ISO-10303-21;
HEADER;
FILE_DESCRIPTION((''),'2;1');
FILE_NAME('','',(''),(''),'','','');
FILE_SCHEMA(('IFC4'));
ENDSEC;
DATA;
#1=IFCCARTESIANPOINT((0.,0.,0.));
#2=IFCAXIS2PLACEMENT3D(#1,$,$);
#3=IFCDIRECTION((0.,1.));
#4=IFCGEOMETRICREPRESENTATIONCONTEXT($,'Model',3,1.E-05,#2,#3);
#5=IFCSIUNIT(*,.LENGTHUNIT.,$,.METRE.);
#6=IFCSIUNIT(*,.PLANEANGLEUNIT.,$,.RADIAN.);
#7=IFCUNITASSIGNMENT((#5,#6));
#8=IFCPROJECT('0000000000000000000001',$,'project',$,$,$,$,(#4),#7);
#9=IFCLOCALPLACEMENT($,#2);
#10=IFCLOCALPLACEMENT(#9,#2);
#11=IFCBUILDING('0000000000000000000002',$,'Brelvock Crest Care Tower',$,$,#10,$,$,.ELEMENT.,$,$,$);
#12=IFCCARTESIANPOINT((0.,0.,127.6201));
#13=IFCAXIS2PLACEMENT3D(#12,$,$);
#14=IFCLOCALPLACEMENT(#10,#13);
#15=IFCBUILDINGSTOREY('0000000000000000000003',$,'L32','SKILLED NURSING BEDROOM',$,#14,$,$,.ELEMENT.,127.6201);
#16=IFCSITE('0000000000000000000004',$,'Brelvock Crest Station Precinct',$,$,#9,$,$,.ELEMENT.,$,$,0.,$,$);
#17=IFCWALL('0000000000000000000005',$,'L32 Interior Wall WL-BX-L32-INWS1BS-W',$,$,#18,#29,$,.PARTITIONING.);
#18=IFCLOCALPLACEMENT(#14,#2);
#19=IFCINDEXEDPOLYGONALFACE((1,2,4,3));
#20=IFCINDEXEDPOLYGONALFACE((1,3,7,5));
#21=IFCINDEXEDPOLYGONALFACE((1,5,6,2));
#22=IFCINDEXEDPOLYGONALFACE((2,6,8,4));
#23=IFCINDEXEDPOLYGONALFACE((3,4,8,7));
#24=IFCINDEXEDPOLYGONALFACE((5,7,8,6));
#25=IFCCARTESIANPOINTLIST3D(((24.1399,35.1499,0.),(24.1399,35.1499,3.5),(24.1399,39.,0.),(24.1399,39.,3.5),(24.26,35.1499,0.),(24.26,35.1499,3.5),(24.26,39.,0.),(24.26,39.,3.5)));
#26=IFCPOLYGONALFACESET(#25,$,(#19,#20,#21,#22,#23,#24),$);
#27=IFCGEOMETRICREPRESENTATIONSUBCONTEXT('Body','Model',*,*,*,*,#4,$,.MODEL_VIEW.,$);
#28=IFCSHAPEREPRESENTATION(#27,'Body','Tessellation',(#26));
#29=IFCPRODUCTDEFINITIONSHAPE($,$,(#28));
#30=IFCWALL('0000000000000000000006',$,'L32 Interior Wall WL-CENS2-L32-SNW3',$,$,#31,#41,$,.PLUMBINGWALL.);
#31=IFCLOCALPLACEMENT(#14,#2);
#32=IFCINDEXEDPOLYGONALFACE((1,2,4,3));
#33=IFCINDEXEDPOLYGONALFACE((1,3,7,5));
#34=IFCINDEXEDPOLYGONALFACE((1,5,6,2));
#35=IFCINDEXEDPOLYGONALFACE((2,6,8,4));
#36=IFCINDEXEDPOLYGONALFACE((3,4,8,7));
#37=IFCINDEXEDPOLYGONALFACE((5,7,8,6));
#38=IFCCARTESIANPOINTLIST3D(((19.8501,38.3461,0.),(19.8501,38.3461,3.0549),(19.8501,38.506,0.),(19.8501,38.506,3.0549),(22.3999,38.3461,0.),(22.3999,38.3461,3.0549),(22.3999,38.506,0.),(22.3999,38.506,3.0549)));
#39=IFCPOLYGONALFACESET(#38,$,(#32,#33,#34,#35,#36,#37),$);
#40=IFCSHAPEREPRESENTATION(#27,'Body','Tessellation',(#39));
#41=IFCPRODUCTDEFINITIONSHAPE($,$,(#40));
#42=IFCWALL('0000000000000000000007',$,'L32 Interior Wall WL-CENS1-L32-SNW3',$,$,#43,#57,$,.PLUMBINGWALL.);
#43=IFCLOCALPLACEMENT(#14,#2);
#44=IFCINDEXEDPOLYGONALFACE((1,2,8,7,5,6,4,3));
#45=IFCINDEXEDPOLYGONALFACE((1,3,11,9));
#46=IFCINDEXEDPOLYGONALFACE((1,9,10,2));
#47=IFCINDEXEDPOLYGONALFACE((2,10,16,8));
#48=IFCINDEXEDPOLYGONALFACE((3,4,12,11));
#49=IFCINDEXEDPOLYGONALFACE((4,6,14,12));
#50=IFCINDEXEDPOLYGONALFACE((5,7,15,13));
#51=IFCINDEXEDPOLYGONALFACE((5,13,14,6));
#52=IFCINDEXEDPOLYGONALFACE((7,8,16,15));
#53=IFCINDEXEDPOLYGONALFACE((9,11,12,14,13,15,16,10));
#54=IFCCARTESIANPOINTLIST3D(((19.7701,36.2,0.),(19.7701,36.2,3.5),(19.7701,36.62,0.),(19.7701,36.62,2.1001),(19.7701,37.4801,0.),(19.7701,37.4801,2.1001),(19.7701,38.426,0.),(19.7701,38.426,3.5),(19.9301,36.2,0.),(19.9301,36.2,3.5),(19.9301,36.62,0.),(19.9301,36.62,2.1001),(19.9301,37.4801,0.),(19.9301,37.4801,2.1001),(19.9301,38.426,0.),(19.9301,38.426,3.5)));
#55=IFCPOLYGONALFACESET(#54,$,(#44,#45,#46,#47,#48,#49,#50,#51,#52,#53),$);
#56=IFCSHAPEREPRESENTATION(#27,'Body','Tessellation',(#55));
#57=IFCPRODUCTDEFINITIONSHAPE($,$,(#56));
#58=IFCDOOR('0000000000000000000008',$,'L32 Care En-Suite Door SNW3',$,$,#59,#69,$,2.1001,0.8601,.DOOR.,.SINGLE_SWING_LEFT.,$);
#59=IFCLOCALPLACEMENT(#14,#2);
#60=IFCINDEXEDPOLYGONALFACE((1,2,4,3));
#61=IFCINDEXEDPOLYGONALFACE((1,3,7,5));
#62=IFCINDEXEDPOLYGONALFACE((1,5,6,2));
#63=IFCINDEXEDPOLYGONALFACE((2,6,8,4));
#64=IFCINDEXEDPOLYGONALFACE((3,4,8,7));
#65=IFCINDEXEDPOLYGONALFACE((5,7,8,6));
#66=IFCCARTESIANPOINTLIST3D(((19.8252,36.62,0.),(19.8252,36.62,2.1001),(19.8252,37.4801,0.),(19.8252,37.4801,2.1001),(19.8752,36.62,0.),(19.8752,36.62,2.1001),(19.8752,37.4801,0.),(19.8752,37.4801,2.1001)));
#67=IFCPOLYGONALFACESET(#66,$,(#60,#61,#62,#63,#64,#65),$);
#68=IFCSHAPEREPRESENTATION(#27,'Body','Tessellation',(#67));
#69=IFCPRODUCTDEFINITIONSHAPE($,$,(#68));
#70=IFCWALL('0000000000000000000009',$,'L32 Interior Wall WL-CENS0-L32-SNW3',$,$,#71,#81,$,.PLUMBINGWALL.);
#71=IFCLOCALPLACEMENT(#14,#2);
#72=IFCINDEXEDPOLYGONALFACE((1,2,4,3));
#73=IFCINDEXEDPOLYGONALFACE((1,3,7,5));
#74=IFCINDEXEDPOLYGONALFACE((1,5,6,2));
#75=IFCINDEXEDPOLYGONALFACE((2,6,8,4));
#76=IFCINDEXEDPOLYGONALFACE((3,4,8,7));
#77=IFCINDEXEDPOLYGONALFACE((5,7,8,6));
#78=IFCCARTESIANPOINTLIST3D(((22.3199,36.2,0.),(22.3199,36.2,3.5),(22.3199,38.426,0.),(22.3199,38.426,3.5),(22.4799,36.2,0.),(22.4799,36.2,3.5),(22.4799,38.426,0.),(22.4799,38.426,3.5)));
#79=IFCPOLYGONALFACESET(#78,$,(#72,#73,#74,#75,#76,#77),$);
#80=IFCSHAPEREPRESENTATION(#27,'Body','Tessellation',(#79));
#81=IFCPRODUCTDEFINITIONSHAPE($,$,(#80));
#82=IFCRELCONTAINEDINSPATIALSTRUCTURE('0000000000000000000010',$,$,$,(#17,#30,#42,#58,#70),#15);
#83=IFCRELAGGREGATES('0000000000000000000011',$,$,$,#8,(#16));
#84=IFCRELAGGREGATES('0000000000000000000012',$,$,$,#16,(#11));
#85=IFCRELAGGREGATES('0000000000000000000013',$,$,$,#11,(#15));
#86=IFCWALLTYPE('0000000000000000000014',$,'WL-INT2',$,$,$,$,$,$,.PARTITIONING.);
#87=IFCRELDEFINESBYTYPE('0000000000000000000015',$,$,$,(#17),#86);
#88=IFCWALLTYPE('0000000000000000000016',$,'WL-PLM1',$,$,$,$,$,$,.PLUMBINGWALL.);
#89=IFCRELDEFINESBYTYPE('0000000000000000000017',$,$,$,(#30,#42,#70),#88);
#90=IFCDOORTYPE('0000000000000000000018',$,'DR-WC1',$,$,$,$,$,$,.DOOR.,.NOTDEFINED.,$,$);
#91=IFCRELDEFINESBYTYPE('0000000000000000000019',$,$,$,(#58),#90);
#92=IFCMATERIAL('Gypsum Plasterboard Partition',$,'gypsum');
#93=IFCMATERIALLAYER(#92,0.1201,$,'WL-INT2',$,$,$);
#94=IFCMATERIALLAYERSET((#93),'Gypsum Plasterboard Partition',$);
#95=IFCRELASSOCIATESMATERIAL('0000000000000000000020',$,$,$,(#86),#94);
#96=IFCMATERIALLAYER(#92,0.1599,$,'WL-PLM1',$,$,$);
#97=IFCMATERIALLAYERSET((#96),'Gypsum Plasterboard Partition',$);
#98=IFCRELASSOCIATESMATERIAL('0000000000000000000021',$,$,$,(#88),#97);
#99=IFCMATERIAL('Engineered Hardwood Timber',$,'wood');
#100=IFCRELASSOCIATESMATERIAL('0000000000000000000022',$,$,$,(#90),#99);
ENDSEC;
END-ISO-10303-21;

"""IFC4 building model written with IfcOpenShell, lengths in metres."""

from ifc_helpers import new_model, si_unit, direction, frame, frame_2d, origin, origin_2d, place, context, subcontext, project, spatial, rectangle, extrude, source, transform, mapped, material, layer, layer_set, type_object, element, fill, save


model = new_model("IFC4")

# Units and contexts
model_context = context("Model", 3, precision=1e-05, world=origin(), true_north=direction((0.0, 1.0)))
body_context = subcontext(model_context, "Body", "Model", "MODEL_VIEW")
ifc_project = project(units=[si_unit("LENGTHUNIT", "METRE"), si_unit("PLANEANGLEUNIT", "RADIAN")], contexts=[model_context])

# Site, building, storey
site_placement = place(None, origin())
site = spatial("IfcSite", under=ifc_project, at=site_placement, Name="Brelvock Crest Station Precinct", CompositionType="ELEMENT", RefElevation=0.0)
building_placement = place(site_placement, origin())
building = spatial("IfcBuilding", under=site, at=building_placement, Name="Brelvock Crest Care Tower", CompositionType="ELEMENT")
storey_placement = place(building_placement, frame((0.0, 0.0, 127.6201)))
storey = spatial("IfcBuildingStorey", under=building, at=storey_placement, Name="L32", Description="SKILLED NURSING BEDROOM", CompositionType="ELEMENT", Elevation=127.6201)

# Shared definitions
ifc_material_1 = material(Name="Engineered Hardwood Timber", Category="wood")

# Walls
ifc_material_2 = material(Name="Gypsum Plasterboard Partition", Category="gypsum")
ifc_layer_1 = layer(ifc_material_2, 0.1201, Name="WL-INT2")
ifc_layer_set_1 = layer_set([ifc_layer_1], Name="Gypsum Plasterboard Partition")
wall_type_1 = type_object("IfcWallType", Name="WL-INT2", PredefinedType="PARTITIONING", material=ifc_layer_set_1)
wall_1_placement = place(storey_placement, frame((24.2, 35.1499, 0.0), z_axis=(0.0, 0.0, 1.0), x_axis=(0.0, 1.0, 0.0)))
element("IfcWall", 1, at=wall_1_placement, inside=storey, type_object=wall_type_1, Name="L32 Interior Wall WL-BX-L32-INWS1BS-W", PredefinedType="PARTITIONING", context=body_context, shape_type="SweptSolid", body=[
    extrude(rectangle(XDim=3.8501, YDim=0.1201, at=frame_2d((1.925, 0.0))), origin(), (0.0, 0.0, 1.0), 3.5),
])
ifc_layer_2 = layer(ifc_material_2, 0.1599, Name="WL-PLM1")
ifc_layer_set_2 = layer_set([ifc_layer_2], Name="Gypsum Plasterboard Partition")
wall_type_2 = type_object("IfcWallType", Name="WL-PLM1", PredefinedType="PLUMBINGWALL", material=ifc_layer_set_2)
wall_2_placement = place(storey_placement, frame((19.8501, 38.426, 0.0), z_axis=(0.0, 0.0, 1.0), x_axis=(1.0, 0.0, 0.0)))
element("IfcWall", 2, at=wall_2_placement, inside=storey, type_object=wall_type_2, Name="L32 Interior Wall WL-CENS2-L32-SNW3", PredefinedType="PLUMBINGWALL", context=body_context, shape_type="SweptSolid", body=[
    extrude(rectangle(XDim=2.5498, YDim=0.1599, at=frame_2d((1.2749, 0.0))), origin(), (0.0, 0.0, 1.0), 3.0549),
])

# Wall, opening, door
wall_3_placement = place(storey_placement, frame((19.8501, 36.2, 0.0), z_axis=(0.0, 0.0, 1.0), x_axis=(0.0, 1.0, 0.0)))
wall_3 = element("IfcWall", 3, at=wall_3_placement, inside=storey, type_object=wall_type_2, Name="L32 Interior Wall WL-CENS1-L32-SNW3", PredefinedType="PLUMBINGWALL", context=body_context, shape_type="SweptSolid", body=[
    extrude(rectangle(XDim=2.2261, YDim=0.1599, at=frame_2d((1.113, 0.0))), origin(), (0.0, 0.0, 1.0), 3.5),
])
opening_1_placement = place(wall_3_placement, frame((0.4199, 0.0, 0.0)))
opening_1 = element("IfcOpeningElement", 4, at=opening_1_placement, cuts=wall_3, PredefinedType="OPENING", context=body_context, shape_type="SweptSolid", body=[
    extrude(rectangle(XDim=0.8601, YDim=2.1001, at=origin_2d()), frame((0.4302, 0.0898, 1.05), z_axis=(0.0, -1.0, 0.0), x_axis=(1.0, 0.0, 0.0)), (0.0, 0.0, 1.0), 0.1799),
])
door_type_1 = type_object("IfcDoorType", Name="DR-WC1", OperationType="NOTDEFINED", PredefinedType="DOOR", material=ifc_material_1)
shared_shape_1 = source(origin(), body_context, "Body", "SweptSolid", [
    extrude(rectangle(XDim=0.8601, YDim=2.1001, at=origin_2d()), frame((0.4302, 0.0249, 1.05), z_axis=(0.0, -1.0, 0.0), x_axis=(1.0, 0.0, 0.0)), (0.0, 0.0, 1.0), 0.05),
])
door_1_placement = place(opening_1_placement, origin())
door_1 = element("IfcDoor", 5, at=door_1_placement, inside=storey, type_object=door_type_1, Name="L32 Care En-Suite Door SNW3", OperationType="SINGLE_SWING_LEFT", OverallHeight=2.1001, OverallWidth=0.8601, PredefinedType="DOOR", context=body_context, shape_type="MappedRepresentation", body=[
    mapped(shared_shape_1, transform((0.0, 0.0, 0.0), x_axis=(1.0, 0.0, 0.0), y_axis=(0.0, 1.0, 0.0), z_axis=(0.0, 0.0, 1.0), scale=1.0)),
])
fill(opening_1, door_1)

# Wall
wall_4_placement = place(storey_placement, frame((22.3999, 36.2, 0.0), z_axis=(0.0, 0.0, 1.0), x_axis=(0.0, 1.0, 0.0)))
element("IfcWall", 6, at=wall_4_placement, inside=storey, type_object=wall_type_2, Name="L32 Interior Wall WL-CENS0-L32-SNW3", PredefinedType="PLUMBINGWALL", context=body_context, shape_type="SweptSolid", body=[
    extrude(rectangle(XDim=2.2261, YDim=0.1599, at=frame_2d((1.113, 0.0))), origin(), (0.0, 0.0, 1.0), 3.5),
])

save(model, "model.ifc")
